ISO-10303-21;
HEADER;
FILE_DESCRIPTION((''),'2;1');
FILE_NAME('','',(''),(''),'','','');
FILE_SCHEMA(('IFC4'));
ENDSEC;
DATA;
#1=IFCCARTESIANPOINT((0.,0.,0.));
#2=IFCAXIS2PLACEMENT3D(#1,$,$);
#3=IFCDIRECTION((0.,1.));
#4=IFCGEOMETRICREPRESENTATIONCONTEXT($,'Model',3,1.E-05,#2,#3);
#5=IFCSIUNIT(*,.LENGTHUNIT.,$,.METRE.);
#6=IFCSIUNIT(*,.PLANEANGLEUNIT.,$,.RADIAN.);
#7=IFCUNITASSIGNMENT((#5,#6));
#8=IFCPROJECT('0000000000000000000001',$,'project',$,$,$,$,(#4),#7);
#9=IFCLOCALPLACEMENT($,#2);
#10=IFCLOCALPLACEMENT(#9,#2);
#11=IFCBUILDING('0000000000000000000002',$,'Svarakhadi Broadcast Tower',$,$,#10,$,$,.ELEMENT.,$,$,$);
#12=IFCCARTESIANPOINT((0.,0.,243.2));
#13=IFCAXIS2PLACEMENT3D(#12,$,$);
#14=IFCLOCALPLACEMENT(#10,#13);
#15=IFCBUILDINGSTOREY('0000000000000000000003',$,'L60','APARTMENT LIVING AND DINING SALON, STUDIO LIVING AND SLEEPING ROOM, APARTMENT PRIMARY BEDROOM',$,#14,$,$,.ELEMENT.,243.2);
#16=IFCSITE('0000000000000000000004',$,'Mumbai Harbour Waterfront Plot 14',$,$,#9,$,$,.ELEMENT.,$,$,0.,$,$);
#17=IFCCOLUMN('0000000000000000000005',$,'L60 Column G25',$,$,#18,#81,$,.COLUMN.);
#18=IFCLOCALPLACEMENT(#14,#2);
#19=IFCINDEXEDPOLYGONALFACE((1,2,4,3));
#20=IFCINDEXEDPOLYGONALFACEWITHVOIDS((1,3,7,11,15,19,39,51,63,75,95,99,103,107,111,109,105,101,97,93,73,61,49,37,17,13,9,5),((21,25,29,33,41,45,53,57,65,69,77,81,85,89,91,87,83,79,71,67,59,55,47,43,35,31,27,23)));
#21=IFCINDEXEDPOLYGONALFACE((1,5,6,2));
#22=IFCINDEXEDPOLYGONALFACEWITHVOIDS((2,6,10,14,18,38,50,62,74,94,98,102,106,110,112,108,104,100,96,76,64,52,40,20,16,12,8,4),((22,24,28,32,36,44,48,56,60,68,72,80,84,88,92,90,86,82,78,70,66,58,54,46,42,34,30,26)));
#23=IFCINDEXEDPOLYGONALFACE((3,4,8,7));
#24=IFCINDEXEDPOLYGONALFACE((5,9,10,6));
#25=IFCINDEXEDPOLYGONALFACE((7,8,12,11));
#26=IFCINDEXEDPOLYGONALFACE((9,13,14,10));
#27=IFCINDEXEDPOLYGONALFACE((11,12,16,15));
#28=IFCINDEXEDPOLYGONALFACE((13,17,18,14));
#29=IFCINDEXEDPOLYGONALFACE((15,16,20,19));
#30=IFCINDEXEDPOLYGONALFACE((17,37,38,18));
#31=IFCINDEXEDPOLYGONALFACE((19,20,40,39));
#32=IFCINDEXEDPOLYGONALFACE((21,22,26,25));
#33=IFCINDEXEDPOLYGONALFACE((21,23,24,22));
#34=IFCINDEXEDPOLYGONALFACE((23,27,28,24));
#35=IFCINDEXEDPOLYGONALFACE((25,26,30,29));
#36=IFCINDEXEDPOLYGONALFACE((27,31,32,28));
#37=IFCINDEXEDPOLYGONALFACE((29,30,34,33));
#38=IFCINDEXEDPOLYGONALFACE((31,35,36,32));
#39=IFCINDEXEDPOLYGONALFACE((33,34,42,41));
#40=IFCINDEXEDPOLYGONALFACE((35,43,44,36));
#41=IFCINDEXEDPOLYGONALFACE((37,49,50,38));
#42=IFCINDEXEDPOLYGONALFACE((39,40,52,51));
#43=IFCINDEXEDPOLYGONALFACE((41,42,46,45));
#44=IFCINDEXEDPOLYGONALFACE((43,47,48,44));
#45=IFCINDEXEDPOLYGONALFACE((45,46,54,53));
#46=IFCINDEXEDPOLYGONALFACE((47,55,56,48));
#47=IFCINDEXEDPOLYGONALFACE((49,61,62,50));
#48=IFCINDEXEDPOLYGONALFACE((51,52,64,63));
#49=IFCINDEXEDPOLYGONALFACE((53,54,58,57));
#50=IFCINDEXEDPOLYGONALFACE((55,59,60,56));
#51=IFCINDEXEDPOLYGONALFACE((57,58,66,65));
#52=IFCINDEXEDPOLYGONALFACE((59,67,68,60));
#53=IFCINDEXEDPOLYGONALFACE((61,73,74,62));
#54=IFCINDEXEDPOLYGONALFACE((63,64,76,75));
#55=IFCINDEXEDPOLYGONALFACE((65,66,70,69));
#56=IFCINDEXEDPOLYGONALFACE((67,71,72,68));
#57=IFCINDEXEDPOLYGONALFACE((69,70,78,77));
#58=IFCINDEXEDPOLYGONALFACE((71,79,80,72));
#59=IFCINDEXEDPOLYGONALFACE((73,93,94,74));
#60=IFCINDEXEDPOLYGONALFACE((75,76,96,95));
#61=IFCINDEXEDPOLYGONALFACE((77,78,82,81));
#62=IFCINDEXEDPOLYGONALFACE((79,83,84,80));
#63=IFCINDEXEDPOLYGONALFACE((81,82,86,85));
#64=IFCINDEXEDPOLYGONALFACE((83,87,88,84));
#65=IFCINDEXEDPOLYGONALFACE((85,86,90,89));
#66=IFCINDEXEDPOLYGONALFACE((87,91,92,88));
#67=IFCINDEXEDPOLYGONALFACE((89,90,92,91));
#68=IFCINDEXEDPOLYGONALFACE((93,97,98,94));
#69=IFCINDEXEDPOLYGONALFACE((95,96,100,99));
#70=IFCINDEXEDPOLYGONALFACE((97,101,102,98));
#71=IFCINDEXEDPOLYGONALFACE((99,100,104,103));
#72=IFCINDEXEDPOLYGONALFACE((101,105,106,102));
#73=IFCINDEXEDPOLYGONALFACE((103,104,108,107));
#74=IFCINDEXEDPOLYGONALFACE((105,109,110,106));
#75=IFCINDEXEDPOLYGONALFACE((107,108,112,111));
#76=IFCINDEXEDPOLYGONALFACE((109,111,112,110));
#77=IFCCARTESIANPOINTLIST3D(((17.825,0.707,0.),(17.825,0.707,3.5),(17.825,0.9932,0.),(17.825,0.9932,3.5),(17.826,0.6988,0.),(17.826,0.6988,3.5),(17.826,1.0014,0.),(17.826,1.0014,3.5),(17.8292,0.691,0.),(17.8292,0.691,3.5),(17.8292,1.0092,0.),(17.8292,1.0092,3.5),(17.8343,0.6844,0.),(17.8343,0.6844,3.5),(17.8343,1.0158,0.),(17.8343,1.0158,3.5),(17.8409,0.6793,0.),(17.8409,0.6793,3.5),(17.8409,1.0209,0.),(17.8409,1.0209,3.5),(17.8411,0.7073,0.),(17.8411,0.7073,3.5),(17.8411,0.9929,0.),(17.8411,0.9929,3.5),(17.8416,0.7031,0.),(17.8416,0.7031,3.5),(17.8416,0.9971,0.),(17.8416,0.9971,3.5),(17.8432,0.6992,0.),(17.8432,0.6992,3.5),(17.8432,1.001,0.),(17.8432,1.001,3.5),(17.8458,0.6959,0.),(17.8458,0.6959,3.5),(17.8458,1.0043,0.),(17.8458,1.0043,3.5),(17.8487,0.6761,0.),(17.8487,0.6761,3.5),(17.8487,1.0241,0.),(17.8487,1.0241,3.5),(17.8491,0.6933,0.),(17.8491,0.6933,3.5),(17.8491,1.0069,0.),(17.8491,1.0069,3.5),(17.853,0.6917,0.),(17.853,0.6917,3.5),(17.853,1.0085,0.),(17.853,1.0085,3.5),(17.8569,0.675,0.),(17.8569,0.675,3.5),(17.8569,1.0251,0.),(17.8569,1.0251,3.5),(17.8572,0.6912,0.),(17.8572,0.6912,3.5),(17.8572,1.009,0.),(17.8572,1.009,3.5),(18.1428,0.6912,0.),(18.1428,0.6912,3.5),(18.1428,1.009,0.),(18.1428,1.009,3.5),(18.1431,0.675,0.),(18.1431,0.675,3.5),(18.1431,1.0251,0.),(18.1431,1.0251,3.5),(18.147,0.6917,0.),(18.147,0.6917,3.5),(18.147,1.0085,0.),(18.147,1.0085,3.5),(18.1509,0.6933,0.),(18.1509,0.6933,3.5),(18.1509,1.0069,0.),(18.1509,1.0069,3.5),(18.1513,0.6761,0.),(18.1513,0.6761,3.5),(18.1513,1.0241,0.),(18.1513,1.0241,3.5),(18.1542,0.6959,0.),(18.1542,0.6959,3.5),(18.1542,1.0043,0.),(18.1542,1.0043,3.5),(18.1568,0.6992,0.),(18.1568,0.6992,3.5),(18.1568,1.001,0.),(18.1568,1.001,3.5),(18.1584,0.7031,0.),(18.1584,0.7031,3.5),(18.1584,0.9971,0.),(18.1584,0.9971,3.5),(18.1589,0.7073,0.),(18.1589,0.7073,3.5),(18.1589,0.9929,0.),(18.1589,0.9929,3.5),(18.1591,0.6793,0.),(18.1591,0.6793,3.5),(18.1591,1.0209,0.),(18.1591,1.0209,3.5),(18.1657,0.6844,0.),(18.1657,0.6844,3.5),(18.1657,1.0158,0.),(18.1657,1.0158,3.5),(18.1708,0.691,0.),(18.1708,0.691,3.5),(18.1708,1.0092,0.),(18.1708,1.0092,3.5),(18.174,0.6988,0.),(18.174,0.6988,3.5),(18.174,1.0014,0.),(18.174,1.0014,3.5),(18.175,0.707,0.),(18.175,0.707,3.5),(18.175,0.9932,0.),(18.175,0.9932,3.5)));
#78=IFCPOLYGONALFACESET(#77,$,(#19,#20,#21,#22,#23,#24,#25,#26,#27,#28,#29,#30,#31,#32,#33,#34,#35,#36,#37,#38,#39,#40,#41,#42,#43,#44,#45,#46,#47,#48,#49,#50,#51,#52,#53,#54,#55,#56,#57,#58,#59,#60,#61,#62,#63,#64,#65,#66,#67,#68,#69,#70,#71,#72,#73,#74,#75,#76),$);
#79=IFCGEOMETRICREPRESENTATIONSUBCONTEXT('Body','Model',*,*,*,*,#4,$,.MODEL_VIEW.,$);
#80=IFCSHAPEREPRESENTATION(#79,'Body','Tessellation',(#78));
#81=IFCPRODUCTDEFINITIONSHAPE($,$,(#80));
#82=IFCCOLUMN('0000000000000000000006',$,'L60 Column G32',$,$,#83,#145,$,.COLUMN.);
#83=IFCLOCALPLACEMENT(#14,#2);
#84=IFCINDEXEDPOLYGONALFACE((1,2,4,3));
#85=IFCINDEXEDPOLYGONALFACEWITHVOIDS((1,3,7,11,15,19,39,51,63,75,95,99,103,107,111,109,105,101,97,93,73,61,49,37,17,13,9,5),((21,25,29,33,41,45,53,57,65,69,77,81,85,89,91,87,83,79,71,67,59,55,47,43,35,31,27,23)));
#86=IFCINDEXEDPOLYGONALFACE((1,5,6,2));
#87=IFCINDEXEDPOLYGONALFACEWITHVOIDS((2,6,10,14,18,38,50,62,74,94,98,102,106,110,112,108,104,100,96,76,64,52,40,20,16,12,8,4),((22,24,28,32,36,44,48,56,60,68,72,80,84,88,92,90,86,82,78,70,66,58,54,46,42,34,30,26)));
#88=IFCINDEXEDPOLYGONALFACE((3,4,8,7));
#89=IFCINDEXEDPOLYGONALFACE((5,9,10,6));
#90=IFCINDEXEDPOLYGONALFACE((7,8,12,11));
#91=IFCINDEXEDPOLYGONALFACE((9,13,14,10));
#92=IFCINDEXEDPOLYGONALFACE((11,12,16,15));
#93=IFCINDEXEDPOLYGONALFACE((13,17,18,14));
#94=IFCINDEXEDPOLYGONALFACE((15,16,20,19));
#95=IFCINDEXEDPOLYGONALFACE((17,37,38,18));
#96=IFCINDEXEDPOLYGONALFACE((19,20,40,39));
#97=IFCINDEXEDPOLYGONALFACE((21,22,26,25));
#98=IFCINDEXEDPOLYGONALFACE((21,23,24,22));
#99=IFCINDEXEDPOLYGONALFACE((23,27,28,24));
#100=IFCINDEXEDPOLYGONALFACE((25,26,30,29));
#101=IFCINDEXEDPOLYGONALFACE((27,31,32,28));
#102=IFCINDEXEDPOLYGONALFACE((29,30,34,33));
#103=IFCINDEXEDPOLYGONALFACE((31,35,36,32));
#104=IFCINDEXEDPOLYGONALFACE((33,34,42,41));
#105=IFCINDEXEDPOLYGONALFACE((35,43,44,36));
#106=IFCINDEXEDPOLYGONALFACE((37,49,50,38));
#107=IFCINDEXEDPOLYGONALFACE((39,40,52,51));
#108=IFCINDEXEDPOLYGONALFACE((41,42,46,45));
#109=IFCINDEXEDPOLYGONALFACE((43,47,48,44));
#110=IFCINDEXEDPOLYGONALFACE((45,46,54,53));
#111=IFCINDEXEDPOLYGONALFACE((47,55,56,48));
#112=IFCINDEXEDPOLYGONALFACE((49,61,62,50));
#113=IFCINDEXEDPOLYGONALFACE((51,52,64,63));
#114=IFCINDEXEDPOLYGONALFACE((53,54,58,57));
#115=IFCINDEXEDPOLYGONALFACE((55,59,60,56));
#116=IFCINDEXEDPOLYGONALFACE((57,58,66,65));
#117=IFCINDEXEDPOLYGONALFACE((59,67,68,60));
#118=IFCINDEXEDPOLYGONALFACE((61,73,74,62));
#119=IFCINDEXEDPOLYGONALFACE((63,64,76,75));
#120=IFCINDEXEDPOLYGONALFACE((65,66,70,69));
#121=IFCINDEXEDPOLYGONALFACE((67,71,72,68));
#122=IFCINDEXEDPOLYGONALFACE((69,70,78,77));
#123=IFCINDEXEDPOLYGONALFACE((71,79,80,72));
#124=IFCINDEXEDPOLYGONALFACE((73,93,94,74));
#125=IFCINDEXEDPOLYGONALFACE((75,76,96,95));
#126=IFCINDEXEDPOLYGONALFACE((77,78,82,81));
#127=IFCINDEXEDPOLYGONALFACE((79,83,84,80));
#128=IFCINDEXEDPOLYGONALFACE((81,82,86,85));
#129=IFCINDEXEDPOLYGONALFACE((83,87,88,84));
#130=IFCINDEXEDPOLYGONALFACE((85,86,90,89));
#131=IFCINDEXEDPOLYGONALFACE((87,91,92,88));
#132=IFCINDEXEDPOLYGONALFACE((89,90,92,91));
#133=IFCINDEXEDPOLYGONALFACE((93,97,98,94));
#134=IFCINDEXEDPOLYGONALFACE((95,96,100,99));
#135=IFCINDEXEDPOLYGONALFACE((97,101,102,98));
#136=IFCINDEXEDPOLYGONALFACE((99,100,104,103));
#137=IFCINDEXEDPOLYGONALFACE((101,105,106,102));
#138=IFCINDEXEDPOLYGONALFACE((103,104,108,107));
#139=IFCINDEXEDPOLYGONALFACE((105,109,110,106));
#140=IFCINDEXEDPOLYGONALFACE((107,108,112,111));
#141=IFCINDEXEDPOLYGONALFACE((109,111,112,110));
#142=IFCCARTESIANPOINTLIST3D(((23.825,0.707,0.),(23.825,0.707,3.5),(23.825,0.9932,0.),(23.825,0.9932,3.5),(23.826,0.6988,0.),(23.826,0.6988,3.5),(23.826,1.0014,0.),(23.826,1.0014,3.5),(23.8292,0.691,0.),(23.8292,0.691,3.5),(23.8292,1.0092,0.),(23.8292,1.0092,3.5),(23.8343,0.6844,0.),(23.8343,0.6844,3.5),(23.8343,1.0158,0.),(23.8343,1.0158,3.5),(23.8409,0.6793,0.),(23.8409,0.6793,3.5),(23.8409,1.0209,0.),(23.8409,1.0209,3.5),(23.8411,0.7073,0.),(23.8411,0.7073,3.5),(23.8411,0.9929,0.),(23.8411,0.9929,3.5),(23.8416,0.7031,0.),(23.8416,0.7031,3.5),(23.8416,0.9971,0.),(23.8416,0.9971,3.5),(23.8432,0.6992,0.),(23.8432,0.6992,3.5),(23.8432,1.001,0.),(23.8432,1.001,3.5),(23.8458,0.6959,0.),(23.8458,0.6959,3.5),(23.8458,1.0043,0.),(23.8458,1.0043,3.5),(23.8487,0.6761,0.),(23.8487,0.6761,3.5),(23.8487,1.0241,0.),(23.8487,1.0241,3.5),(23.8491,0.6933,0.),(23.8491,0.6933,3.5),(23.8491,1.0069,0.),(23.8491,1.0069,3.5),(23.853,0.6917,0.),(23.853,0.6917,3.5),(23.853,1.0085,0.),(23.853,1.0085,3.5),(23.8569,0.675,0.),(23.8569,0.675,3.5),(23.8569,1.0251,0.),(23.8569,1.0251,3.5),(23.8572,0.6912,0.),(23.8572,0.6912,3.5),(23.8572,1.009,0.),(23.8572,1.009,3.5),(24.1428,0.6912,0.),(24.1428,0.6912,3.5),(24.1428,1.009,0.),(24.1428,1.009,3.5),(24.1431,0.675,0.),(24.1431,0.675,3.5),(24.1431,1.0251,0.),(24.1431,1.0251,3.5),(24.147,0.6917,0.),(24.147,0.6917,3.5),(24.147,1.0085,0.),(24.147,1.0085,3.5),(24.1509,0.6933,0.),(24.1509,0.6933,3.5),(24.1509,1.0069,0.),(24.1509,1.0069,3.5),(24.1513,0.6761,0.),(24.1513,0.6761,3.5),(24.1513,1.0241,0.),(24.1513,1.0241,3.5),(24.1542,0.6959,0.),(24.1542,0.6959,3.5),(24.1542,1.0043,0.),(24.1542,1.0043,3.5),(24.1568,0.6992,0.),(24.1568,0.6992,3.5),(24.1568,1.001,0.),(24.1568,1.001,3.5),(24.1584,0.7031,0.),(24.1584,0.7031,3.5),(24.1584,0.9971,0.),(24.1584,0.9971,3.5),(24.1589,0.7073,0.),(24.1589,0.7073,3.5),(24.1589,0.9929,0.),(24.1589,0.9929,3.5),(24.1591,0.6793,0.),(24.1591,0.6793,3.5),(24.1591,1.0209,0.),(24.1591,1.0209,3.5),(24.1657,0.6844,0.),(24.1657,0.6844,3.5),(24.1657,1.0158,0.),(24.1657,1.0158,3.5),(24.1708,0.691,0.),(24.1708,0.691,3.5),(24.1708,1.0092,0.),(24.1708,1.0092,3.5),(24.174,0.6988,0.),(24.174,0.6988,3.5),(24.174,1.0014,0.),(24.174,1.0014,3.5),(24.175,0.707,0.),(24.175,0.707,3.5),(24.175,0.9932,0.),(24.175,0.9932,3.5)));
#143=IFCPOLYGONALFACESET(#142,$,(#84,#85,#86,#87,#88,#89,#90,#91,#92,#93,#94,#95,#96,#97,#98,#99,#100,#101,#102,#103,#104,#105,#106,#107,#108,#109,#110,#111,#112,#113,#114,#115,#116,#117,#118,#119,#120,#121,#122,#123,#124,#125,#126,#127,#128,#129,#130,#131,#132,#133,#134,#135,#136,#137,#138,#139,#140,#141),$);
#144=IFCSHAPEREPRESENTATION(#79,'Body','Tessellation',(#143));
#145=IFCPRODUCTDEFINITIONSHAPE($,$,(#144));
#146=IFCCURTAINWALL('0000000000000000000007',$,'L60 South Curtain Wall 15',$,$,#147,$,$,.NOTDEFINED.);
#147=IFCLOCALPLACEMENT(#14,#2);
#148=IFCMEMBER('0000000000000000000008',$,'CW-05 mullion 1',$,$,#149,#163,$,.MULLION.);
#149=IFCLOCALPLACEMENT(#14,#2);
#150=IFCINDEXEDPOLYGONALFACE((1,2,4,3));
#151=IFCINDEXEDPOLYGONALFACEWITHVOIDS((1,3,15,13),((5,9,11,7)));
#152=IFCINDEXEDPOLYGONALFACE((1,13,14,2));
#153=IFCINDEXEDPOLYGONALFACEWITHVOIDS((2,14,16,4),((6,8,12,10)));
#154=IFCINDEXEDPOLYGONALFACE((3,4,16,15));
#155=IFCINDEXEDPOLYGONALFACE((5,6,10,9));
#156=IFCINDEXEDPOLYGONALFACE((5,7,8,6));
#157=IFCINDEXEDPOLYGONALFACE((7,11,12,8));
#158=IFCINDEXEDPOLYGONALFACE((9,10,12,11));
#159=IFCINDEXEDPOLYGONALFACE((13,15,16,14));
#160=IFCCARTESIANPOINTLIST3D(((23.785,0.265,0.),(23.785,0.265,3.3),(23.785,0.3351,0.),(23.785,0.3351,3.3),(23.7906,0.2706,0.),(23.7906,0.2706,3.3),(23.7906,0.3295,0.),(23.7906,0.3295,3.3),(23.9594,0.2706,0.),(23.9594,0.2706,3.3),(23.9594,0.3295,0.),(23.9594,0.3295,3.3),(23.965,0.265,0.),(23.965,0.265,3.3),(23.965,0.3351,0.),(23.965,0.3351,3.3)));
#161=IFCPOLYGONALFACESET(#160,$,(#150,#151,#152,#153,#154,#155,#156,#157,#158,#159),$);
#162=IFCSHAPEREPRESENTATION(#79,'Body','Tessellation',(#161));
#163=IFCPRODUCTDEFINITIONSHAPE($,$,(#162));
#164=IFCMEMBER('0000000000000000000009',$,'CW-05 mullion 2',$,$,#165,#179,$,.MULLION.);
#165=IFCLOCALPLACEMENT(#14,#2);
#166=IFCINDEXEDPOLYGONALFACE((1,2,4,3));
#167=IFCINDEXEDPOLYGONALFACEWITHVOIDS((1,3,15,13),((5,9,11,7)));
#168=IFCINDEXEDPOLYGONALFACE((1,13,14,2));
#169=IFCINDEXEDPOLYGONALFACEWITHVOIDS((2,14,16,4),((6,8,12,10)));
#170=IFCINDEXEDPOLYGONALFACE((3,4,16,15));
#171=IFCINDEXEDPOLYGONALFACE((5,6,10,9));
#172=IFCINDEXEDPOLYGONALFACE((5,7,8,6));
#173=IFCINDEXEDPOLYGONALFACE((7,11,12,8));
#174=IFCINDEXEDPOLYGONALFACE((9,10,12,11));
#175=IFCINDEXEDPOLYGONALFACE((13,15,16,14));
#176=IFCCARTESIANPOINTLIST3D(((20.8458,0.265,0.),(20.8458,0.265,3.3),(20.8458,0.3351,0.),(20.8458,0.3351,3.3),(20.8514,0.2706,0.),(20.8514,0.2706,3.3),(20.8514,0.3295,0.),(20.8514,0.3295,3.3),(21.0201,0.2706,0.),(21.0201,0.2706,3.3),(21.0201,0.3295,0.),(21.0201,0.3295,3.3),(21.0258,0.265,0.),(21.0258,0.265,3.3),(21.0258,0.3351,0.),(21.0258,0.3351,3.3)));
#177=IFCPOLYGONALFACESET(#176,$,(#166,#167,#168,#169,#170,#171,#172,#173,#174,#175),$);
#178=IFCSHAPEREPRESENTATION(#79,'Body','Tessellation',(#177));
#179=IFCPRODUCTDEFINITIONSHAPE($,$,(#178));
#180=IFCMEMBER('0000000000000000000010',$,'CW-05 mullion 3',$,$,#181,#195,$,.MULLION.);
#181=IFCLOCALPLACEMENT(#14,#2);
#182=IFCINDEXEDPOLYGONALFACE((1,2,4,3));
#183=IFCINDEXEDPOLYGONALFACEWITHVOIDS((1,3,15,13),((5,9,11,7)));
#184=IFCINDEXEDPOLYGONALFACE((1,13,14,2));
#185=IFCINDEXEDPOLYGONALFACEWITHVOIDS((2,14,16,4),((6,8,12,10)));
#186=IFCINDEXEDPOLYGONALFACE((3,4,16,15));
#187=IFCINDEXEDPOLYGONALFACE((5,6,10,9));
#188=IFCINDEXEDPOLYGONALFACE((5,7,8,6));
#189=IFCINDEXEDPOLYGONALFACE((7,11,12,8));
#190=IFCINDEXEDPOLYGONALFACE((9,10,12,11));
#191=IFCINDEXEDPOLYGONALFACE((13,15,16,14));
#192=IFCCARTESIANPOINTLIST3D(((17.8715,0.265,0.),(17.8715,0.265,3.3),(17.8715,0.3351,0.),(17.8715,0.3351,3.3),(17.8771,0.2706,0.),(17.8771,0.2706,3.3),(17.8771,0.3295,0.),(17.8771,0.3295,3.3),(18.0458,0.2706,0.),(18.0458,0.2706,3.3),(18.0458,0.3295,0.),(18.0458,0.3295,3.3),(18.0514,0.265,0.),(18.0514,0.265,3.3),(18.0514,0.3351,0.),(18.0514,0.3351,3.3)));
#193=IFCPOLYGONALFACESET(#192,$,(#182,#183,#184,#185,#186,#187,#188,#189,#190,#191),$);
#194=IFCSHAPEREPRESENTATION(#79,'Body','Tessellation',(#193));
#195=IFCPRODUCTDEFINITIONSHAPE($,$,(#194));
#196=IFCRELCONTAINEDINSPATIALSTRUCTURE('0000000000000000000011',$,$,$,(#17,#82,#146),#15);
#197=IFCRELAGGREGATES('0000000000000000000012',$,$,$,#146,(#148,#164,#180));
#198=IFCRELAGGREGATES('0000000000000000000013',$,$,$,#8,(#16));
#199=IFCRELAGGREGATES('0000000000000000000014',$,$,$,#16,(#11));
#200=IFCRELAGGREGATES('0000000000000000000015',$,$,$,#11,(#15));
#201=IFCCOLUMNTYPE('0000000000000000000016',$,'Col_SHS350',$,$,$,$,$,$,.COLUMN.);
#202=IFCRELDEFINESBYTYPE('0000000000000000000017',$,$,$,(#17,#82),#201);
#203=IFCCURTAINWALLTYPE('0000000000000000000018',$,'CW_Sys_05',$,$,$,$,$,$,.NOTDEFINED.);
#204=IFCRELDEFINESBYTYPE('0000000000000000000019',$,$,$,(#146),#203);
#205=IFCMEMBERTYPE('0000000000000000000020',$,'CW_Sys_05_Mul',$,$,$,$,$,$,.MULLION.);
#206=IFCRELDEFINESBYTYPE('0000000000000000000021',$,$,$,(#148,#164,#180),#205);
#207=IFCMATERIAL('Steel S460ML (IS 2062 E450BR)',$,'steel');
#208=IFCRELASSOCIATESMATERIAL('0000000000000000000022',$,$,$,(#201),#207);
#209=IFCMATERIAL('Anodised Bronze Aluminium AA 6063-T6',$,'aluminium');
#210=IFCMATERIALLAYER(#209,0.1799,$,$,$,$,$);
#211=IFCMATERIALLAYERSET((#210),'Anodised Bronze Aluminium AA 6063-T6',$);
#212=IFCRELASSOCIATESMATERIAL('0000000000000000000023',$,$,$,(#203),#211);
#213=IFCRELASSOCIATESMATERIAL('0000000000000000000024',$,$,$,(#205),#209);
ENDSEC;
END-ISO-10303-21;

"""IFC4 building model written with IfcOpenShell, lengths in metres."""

from ifc_helpers import new_model, si_unit, direction, frame, origin, origin_2d, place, context, subcontext, project, spatial, hollow_rectangle, extrude, material, layer, layer_set, material_profile, profile_set, type_object, element, aggregate, save


model = new_model("IFC4")

# Units and contexts
model_context = context("Model", 3, precision=1e-05, world=origin(), true_north=direction((0.0, 1.0)))
body_context = subcontext(model_context, "Body", "Model", "MODEL_VIEW")
ifc_project = project(units=[si_unit("LENGTHUNIT", "METRE"), si_unit("PLANEANGLEUNIT", "RADIAN")], contexts=[model_context])

# Site, building, storey
site_placement = place(None, origin())
site = spatial("IfcSite", under=ifc_project, at=site_placement, Name="Mumbai Harbour Waterfront Plot 14", CompositionType="ELEMENT", RefElevation=0.0)
building_placement = place(site_placement, origin())
building = spatial("IfcBuilding", under=site, at=building_placement, Name="Svarakhadi Broadcast Tower", CompositionType="ELEMENT")
storey_placement = place(building_placement, frame((0.0, 0.0, 243.2)))
storey = spatial("IfcBuildingStorey", under=building, at=storey_placement, Name="L60", Description="APARTMENT LIVING AND DINING SALON, STUDIO LIVING AND SLEEPING ROOM, APARTMENT PRIMARY BEDROOM", CompositionType="ELEMENT", Elevation=243.2)

# Columns
ifc_material_1 = material(Name="Steel S460ML (IS 2062 E450BR)", Category="steel")
ifc_material_profile_1 = material_profile(ifc_material_1, hollow_rectangle(XDim=0.3501, YDim=0.3501, WallThickness=0.0161, InnerFilletRadius=0.0161, OuterFilletRadius=0.032, at=origin_2d()), Name="SHS 350x350x16")
ifc_profile_set_1 = profile_set([ifc_material_profile_1], Name="Steel S460ML (IS 2062 E450BR)")
column_type = type_object("IfcColumnType", Name="Col_SHS350", PredefinedType="COLUMN", material=ifc_profile_set_1)
for number, where, z_axis, x_axis, name in (
    (1, (18.0, 0.8501, 0.0), (0.0, 0.0, 1.0), (1.0, 0.0, 0.0), "L60 Column G25"),
    (2, (24.0, 0.8501, 0.0), (0.0, 0.0, 1.0), (1.0, 0.0, 0.0), "L60 Column G32"),
):
    element("IfcColumn", number, at=place(storey_placement, frame(where, z_axis=z_axis, x_axis=x_axis)), inside=storey, type_object=column_type, Name=name, PredefinedType="COLUMN", context=body_context, shape_type="SweptSolid", body=[
        extrude(hollow_rectangle(XDim=0.3501, YDim=0.3501, WallThickness=0.0161, InnerFilletRadius=0.0161, OuterFilletRadius=0.032, at=origin_2d()), origin(), (0.0, 0.0, 1.0), 3.5),
    ])

# Curtain wall, members
ifc_material_2 = material(Name="Anodised Bronze Aluminium AA 6063-T6", Category="aluminium")
ifc_layer_1 = layer(ifc_material_2, 0.1799)
ifc_layer_set_1 = layer_set([ifc_layer_1], Name="Anodised Bronze Aluminium AA 6063-T6")
curtain_wall_type = type_object("IfcCurtainWallType", Name="CW_Sys_05", PredefinedType="NOTDEFINED", material=ifc_layer_set_1)
curtain_wall_placement = place(storey_placement, origin())
curtain_wall = element("IfcCurtainWall", 3, at=curtain_wall_placement, inside=storey, type_object=curtain_wall_type, Name="L60 South Curtain Wall 15", PredefinedType="NOTDEFINED")
ifc_material_profile_2 = material_profile(ifc_material_2, hollow_rectangle(XDim=0.0701, YDim=0.1799, WallThickness=0.0056, at=origin_2d()), Name="ALU MULLION 180x70x6")
ifc_profile_set_2 = profile_set([ifc_material_profile_2], Name="Anodised Bronze Aluminium AA 6063-T6")
member_type_1 = type_object("IfcMemberType", Name="CW_Sys_05_Mul", PredefinedType="MULLION", material=ifc_profile_set_2)
member_1_placement = place(storey_placement, frame((23.875, 0.3, 0.0), z_axis=(0.0, 0.0, 1.0), x_axis=(0.0, -1.0, 0.0)))
member_1 = element("IfcMember", 4, at=member_1_placement, type_object=member_type_1, Name="CW-05 mullion 1", PredefinedType="MULLION", context=body_context, shape_type="SweptSolid", body=[
    extrude(hollow_rectangle(XDim=0.0701, YDim=0.1799, WallThickness=0.0056, at=origin_2d()), origin(), (0.0, 0.0, 1.0), 3.3),
])
member_2_placement = place(storey_placement, frame((20.9358, 0.3, 0.0), z_axis=(0.0, 0.0, 1.0), x_axis=(0.0, -1.0, 0.0)))
member_2 = element("IfcMember", 5, at=member_2_placement, type_object=member_type_1, Name="CW-05 mullion 2", PredefinedType="MULLION", context=body_context, shape_type="SweptSolid", body=[
    extrude(hollow_rectangle(XDim=0.0701, YDim=0.1799, WallThickness=0.0056, at=origin_2d()), origin(), (0.0, 0.0, 1.0), 3.3),
])
member_3_placement = place(storey_placement, frame((17.9614, 0.3, 0.0), z_axis=(0.0, 0.0, 1.0), x_axis=(0.0, -1.0, 0.0)))
member_3 = element("IfcMember", 6, at=member_3_placement, type_object=member_type_1, Name="CW-05 mullion 3", PredefinedType="MULLION", context=body_context, shape_type="SweptSolid", body=[
    extrude(hollow_rectangle(XDim=0.0701, YDim=0.1799, WallThickness=0.0056, at=origin_2d()), origin(), (0.0, 0.0, 1.0), 3.3),
])

aggregate(curtain_wall, [member_1, member_2, member_3])

save(model, "model.ifc")
